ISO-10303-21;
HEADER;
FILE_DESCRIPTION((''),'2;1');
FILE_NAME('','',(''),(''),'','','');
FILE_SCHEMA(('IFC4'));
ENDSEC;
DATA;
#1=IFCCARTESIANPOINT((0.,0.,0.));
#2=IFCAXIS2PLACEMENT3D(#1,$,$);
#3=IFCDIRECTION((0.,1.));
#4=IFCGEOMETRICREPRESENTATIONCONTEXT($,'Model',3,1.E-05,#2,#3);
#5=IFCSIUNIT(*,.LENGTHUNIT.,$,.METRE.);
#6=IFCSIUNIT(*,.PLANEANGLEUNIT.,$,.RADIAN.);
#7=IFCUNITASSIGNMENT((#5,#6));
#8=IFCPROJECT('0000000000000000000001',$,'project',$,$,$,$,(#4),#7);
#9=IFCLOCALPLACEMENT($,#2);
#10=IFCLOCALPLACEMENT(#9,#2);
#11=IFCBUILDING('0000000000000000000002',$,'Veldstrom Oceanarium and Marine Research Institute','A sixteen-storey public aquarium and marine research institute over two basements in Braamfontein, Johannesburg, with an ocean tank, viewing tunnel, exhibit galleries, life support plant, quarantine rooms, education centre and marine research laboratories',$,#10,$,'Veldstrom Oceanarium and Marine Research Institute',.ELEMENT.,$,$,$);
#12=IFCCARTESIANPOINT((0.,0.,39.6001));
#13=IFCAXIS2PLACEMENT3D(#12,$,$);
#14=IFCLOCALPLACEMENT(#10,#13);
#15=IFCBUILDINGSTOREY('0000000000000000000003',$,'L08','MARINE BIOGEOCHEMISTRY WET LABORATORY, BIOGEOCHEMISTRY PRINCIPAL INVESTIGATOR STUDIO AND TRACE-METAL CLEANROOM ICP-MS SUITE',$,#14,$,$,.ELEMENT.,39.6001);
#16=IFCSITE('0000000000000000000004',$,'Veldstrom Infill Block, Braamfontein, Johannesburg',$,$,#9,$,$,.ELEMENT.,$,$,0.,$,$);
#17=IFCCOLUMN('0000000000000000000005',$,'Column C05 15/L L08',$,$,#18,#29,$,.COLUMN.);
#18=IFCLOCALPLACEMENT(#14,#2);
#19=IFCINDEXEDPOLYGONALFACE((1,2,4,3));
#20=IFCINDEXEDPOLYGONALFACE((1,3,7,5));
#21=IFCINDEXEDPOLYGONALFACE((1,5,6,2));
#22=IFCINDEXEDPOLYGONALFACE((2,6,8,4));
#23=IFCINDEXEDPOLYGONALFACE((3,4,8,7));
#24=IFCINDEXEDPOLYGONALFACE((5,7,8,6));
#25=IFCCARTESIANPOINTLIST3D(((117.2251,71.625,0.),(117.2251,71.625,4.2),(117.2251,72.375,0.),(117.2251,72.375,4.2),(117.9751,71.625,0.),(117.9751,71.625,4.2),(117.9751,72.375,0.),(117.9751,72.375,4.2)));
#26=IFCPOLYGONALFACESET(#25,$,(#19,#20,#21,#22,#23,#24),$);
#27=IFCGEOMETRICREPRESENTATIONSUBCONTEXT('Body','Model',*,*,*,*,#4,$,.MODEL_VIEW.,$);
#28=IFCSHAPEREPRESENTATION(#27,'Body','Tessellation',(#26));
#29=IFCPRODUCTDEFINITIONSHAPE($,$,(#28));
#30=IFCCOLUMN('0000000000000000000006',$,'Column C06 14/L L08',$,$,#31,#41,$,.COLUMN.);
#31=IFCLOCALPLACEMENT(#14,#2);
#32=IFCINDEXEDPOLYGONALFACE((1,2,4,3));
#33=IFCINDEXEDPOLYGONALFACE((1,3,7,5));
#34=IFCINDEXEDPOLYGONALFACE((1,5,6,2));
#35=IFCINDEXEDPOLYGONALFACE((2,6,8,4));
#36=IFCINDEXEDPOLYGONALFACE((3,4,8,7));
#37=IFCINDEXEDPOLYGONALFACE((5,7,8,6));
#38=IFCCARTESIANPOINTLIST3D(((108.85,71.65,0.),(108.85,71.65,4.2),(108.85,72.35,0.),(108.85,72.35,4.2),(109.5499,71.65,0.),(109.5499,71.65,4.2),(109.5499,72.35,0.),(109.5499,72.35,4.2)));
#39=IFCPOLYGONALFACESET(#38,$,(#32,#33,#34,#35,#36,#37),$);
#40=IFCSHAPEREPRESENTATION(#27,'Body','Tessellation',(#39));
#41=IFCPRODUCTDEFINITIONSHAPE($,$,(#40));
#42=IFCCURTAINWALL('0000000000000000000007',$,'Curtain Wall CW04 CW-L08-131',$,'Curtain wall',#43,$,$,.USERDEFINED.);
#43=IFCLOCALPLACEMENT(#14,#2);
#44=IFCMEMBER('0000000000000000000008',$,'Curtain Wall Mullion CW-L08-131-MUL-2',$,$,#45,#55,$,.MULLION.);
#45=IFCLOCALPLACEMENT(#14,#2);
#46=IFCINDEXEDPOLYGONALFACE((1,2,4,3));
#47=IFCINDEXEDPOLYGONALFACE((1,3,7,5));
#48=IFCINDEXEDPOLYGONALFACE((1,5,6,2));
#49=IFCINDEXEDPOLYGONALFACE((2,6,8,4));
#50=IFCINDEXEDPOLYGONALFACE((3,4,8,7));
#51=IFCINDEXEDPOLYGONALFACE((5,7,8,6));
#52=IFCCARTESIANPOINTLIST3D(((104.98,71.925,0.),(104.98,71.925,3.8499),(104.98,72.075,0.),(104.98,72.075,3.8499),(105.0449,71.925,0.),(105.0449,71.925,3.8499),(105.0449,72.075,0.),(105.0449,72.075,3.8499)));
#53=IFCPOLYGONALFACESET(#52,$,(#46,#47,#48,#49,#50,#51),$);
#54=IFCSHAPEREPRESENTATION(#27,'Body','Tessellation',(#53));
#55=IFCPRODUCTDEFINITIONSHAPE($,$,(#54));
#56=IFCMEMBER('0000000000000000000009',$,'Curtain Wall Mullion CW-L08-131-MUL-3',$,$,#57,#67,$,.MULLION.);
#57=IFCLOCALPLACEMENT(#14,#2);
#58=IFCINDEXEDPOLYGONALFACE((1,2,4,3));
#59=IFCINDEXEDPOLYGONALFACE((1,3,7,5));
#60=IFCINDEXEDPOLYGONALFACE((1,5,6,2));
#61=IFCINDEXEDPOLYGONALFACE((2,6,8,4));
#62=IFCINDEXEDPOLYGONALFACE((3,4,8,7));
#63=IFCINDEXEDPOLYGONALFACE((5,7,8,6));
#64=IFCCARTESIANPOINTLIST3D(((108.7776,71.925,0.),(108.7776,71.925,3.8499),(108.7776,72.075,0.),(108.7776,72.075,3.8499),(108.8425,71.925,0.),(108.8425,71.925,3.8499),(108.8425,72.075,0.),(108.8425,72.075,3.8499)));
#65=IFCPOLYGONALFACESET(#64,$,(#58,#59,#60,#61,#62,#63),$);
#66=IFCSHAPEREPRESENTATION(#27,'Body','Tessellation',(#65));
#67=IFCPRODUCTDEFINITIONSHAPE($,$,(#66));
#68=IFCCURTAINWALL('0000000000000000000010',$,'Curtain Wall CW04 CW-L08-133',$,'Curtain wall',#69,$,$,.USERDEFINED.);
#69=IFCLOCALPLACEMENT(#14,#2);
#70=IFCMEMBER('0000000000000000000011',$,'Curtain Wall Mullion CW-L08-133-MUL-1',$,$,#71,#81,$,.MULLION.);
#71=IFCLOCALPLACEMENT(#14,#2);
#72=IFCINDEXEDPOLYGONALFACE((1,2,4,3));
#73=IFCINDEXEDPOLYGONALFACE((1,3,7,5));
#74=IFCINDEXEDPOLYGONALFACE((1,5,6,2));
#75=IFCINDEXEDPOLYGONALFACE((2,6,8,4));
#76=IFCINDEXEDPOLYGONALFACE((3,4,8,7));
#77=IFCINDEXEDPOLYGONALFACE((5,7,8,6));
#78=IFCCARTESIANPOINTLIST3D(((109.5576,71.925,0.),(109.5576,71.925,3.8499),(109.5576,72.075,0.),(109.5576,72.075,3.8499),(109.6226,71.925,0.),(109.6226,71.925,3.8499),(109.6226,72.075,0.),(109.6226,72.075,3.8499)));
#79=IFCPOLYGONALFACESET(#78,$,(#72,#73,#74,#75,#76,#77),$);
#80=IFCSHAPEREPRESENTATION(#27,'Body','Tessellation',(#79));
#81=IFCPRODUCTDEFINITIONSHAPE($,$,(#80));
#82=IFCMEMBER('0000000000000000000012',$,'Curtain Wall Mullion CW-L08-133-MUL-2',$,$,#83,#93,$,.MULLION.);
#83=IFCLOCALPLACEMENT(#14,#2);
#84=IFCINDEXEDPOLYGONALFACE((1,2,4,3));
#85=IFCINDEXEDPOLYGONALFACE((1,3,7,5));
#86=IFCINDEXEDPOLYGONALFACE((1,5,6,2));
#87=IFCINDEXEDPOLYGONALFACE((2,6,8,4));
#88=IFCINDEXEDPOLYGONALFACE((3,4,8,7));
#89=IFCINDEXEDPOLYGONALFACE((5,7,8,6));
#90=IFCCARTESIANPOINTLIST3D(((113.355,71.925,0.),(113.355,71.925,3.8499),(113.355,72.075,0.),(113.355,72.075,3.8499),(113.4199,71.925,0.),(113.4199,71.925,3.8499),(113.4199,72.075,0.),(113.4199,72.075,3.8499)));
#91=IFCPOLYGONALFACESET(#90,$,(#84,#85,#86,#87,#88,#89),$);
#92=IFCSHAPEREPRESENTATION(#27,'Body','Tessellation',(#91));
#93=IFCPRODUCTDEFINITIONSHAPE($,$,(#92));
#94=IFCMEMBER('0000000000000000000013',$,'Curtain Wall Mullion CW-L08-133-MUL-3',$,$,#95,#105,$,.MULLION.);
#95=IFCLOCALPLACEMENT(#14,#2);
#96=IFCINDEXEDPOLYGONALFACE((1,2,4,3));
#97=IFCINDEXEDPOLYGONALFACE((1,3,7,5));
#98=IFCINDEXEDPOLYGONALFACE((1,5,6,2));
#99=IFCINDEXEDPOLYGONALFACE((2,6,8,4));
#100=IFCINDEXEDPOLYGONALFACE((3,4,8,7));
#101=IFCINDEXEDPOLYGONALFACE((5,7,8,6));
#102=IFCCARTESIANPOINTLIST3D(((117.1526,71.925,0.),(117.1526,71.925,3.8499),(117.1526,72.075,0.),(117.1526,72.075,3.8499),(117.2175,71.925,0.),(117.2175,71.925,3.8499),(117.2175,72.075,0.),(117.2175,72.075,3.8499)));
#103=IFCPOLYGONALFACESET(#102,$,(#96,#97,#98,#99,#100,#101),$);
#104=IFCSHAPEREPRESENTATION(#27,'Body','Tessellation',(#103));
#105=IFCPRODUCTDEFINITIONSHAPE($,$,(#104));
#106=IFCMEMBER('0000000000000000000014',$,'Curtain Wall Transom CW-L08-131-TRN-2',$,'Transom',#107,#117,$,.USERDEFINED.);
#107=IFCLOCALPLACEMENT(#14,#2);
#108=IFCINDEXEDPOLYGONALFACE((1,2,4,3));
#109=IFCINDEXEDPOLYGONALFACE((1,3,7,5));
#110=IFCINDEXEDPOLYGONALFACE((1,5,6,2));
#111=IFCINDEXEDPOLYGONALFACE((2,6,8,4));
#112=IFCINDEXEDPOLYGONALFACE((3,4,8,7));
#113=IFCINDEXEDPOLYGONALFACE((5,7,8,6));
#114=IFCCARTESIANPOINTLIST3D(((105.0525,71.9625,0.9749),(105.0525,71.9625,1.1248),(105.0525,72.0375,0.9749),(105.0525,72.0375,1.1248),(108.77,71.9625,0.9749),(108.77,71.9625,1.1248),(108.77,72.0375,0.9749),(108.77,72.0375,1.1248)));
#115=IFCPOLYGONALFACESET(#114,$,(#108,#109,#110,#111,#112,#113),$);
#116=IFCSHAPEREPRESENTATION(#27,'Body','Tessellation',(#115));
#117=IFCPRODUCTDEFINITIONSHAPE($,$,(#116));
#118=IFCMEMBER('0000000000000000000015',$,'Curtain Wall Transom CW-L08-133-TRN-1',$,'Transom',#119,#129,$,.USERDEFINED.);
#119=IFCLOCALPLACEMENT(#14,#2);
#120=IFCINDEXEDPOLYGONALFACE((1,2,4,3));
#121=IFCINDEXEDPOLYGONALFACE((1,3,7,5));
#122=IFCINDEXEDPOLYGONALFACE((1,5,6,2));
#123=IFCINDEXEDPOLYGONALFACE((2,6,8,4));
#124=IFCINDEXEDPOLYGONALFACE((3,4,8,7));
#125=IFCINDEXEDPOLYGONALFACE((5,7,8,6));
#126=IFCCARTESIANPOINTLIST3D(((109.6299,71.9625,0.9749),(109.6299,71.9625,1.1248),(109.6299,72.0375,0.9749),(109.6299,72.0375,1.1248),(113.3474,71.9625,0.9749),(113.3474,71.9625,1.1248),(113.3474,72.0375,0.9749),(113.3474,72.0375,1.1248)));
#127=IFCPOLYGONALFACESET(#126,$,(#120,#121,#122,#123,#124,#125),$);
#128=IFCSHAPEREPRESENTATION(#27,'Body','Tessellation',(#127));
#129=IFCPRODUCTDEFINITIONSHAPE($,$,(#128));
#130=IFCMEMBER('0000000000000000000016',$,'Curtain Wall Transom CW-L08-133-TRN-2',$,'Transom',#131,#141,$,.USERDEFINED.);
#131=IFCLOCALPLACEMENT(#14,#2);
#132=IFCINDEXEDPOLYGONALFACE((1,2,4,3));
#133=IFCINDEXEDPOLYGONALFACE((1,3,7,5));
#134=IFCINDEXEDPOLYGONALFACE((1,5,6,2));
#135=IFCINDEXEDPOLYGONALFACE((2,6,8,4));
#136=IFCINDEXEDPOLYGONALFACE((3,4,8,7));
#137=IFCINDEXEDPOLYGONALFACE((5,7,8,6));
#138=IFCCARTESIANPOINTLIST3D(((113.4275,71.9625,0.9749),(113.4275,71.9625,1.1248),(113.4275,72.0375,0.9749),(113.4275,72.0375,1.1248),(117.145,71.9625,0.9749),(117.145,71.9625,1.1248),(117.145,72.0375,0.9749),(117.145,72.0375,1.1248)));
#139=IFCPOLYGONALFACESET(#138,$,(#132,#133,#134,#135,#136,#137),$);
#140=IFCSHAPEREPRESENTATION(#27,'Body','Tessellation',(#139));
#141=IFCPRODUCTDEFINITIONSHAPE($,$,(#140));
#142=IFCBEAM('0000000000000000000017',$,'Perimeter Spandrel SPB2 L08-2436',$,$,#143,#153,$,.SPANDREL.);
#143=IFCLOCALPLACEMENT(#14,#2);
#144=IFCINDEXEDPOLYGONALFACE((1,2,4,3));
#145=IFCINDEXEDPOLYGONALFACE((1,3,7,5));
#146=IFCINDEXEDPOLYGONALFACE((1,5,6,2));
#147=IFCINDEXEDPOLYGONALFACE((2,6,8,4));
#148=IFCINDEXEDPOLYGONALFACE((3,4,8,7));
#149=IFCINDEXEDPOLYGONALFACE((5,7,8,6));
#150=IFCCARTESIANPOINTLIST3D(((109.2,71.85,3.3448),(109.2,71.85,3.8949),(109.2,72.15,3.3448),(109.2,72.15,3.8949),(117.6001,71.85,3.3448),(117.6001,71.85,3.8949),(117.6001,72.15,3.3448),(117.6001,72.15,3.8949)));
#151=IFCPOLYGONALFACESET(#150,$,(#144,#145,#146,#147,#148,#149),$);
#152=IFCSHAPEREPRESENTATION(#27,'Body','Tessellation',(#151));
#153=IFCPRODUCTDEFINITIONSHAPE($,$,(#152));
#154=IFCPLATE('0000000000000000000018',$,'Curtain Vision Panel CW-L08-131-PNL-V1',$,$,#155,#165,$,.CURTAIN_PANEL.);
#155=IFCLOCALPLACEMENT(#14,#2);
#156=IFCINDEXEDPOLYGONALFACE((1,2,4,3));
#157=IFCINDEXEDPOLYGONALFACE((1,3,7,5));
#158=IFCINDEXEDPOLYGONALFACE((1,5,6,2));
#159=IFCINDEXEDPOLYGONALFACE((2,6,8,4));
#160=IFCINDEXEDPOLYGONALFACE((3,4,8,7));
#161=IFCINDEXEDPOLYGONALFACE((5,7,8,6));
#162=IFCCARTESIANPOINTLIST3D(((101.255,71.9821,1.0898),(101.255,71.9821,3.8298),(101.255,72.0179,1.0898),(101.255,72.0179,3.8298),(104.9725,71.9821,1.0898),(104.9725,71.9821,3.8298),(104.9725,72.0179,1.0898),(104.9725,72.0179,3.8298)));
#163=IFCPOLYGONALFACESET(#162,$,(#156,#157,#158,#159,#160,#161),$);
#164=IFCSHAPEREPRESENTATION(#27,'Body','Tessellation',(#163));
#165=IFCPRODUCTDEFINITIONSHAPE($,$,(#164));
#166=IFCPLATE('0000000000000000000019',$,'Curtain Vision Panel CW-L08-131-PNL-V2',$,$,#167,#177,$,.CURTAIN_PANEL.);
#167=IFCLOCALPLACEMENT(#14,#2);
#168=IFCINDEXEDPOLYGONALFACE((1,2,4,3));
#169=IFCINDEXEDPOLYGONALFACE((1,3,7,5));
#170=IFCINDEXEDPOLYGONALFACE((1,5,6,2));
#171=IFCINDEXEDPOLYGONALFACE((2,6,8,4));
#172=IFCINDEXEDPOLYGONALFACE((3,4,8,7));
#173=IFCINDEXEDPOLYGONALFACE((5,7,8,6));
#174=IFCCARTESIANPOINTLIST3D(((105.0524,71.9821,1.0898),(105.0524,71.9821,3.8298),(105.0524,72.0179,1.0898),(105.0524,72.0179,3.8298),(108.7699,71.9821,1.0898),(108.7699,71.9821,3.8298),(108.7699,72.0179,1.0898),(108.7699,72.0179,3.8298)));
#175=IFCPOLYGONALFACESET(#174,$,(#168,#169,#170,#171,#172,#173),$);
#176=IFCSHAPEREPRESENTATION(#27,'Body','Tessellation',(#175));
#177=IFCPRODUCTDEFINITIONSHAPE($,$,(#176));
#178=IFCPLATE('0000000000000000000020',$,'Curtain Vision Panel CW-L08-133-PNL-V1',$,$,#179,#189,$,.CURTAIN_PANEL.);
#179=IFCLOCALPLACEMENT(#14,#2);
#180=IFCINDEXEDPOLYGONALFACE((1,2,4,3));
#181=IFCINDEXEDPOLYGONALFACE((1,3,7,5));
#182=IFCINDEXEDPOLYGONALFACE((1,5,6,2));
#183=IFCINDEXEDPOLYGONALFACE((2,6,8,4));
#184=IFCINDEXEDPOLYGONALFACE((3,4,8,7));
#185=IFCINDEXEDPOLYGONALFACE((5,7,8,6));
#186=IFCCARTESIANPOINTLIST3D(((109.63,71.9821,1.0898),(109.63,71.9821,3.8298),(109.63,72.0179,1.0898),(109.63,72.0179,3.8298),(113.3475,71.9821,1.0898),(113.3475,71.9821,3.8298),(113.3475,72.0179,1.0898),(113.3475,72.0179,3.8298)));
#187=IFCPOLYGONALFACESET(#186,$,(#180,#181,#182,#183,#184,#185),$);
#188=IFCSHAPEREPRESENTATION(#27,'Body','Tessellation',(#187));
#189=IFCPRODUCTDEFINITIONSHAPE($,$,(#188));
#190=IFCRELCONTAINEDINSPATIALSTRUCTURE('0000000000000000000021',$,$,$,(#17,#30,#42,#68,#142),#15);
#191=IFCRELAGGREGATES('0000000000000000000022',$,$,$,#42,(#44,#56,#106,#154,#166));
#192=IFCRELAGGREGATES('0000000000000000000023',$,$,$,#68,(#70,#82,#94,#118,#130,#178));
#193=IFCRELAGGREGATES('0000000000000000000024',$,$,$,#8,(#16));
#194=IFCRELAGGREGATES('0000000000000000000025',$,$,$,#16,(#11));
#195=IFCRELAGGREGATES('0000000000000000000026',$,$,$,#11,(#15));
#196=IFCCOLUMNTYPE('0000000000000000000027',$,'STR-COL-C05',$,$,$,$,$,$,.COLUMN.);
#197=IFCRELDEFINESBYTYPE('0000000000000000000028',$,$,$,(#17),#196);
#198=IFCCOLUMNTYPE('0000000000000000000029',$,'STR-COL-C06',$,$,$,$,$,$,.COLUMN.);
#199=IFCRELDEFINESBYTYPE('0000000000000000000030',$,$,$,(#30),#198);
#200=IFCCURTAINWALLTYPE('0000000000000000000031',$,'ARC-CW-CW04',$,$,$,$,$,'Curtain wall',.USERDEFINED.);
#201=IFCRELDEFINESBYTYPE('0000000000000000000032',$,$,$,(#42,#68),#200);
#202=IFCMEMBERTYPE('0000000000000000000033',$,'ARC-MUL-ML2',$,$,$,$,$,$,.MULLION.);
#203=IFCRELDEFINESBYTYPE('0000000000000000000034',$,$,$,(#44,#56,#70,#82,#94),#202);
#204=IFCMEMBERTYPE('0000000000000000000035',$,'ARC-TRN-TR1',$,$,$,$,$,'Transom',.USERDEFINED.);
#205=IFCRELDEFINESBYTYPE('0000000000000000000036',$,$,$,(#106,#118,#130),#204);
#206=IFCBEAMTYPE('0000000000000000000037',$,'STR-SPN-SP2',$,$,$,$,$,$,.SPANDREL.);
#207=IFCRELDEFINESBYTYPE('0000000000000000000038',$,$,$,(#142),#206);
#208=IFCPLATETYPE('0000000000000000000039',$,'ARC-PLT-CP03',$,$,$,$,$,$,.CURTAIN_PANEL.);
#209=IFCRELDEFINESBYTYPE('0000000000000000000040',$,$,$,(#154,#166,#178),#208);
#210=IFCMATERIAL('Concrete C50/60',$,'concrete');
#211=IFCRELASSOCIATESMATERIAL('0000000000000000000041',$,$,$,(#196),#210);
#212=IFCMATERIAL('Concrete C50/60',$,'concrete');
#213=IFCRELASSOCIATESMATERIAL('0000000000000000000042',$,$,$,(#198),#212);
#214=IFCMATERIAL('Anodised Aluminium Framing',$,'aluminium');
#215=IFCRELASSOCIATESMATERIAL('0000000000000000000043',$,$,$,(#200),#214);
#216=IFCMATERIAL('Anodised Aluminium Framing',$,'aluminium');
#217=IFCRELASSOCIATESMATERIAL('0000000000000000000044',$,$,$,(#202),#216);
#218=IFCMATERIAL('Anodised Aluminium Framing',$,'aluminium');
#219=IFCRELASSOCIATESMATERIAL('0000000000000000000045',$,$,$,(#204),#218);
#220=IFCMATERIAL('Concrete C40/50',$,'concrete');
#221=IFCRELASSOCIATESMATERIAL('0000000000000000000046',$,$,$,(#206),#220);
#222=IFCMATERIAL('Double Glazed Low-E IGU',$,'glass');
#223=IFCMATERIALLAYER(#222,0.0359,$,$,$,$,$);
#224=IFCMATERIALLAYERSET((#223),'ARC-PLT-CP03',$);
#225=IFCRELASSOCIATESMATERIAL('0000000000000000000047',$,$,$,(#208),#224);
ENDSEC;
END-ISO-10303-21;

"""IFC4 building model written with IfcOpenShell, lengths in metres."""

from ifc_helpers import new_model, si_unit, direction, frame, origin, origin_2d, place, context, subcontext, project, spatial, rectangle, extrude, material, layer, layer_set, material_profile, profile_set, type_object, element, aggregate, save


model = new_model("IFC4")

# Units and contexts
model_context = context("Model", 3, precision=1e-05, world=origin(), true_north=direction((0.0, 1.0)))
body_context = subcontext(model_context, "Body", "Model", "MODEL_VIEW")
ifc_project = project(units=[si_unit("LENGTHUNIT", "METRE"), si_unit("PLANEANGLEUNIT", "RADIAN")], contexts=[model_context])

# Site, building, storey
site_placement = place(None, origin())
site = spatial("IfcSite", under=ifc_project, at=site_placement, Name="Veldstrom Infill Block, Braamfontein, Johannesburg", CompositionType="ELEMENT", RefElevation=0.0)
building_placement = place(site_placement, origin())
building = spatial("IfcBuilding", under=site, at=building_placement, Name="Veldstrom Oceanarium and Marine Research Institute", Description="A sixteen-storey public aquarium and marine research institute over two basements in Braamfontein, Johannesburg, with an ocean tank, viewing tunnel, exhibit galleries, life support plant, quarantine rooms, education centre and marine research laboratories", LongName="Veldstrom Oceanarium and Marine Research Institute", CompositionType="ELEMENT")
storey_placement = place(building_placement, frame((0.0, 0.0, 39.6001)))
storey = spatial("IfcBuildingStorey", under=building, at=storey_placement, Name="L08", Description="MARINE BIOGEOCHEMISTRY WET LABORATORY, BIOGEOCHEMISTRY PRINCIPAL INVESTIGATOR STUDIO AND TRACE-METAL CLEANROOM ICP-MS SUITE", CompositionType="ELEMENT", Elevation=39.6001)

# Columns
ifc_material_1 = material(Name="Concrete C50/60", Category="concrete")
ifc_material_profile_1 = material_profile(ifc_material_1, rectangle(XDim=0.75, YDim=0.75, at=origin_2d()), Name="RC-COL-750x750")
ifc_profile_set_1 = profile_set([ifc_material_profile_1], Name="Concrete C50/60")
column_type_1 = type_object("IfcColumnType", Name="STR-COL-C05", PredefinedType="COLUMN", material=ifc_profile_set_1)
column_1_placement = place(storey_placement, frame((117.6001, 72.0, 0.0), z_axis=(0.0, 0.0, 1.0), x_axis=(1.0, 0.0, 0.0)))
element("IfcColumn", 1, at=column_1_placement, inside=storey, type_object=column_type_1, Name="Column C05 15/L L08", PredefinedType="COLUMN", context=body_context, shape_type="SweptSolid", body=[
    extrude(rectangle(XDim=0.75, YDim=0.75, at=origin_2d()), origin(), (0.0, 0.0, 1.0), 4.2),
])
ifc_material_2 = material(Name="Concrete C50/60", Category="concrete")
ifc_material_profile_2 = material_profile(ifc_material_2, rectangle(XDim=0.7, YDim=0.7, at=origin_2d()), Name="RC-COL-700x700")
ifc_profile_set_2 = profile_set([ifc_material_profile_2], Name="Concrete C50/60")
column_type_2 = type_object("IfcColumnType", Name="STR-COL-C06", PredefinedType="COLUMN", material=ifc_profile_set_2)
column_2_placement = place(storey_placement, frame((109.2, 72.0, 0.0), z_axis=(0.0, 0.0, 1.0), x_axis=(1.0, 0.0, 0.0)))
element("IfcColumn", 2, at=column_2_placement, inside=storey, type_object=column_type_2, Name="Column C06 14/L L08", PredefinedType="COLUMN", context=body_context, shape_type="SweptSolid", body=[
    extrude(rectangle(XDim=0.7, YDim=0.7, at=origin_2d()), origin(), (0.0, 0.0, 1.0), 4.2),
])

# Curtain walls, members
ifc_material_3 = material(Name="Anodised Aluminium Framing", Category="aluminium")
curtain_wall_type = type_object("IfcCurtainWallType", Name="ARC-CW-CW04", ElementType="Curtain wall", PredefinedType="USERDEFINED", material=ifc_material_3)
curtain_wall_1_placement = place(storey_placement, origin())
curtain_wall_1 = element("IfcCurtainWall", 3, at=curtain_wall_1_placement, inside=storey, type_object=curtain_wall_type, Name="Curtain Wall CW04 CW-L08-131", ObjectType="Curtain wall", PredefinedType="USERDEFINED")
ifc_material_4 = material(Name="Anodised Aluminium Framing", Category="aluminium")
ifc_material_profile_3 = material_profile(ifc_material_4, rectangle(XDim=0.0649, YDim=0.1499, at=origin_2d()), Name="ALU-MUL-65x150")
ifc_profile_set_3 = profile_set([ifc_material_profile_3], Name="Anodised Aluminium Framing")
member_type_1 = type_object("IfcMemberType", Name="ARC-MUL-ML2", PredefinedType="MULLION", material=ifc_profile_set_3)
member_1_placement = place(storey_placement, frame((105.0125, 72.0, 0.0), z_axis=(0.0, 0.0, 1.0), x_axis=(1.0, 0.0, 0.0)))
member_1 = element("IfcMember", 4, at=member_1_placement, type_object=member_type_1, Name="Curtain Wall Mullion CW-L08-131-MUL-2", PredefinedType="MULLION", context=body_context, shape_type="SweptSolid", body=[
    extrude(rectangle(XDim=0.0649, YDim=0.1499, at=origin_2d()), origin(), (0.0, 0.0, 1.0), 3.8499),
])
member_2_placement = place(storey_placement, frame((108.8101, 72.0, 0.0), z_axis=(0.0, 0.0, 1.0), x_axis=(1.0, 0.0, 0.0)))
member_2 = element("IfcMember", 5, at=member_2_placement, type_object=member_type_1, Name="Curtain Wall Mullion CW-L08-131-MUL-3", PredefinedType="MULLION", context=body_context, shape_type="SweptSolid", body=[
    extrude(rectangle(XDim=0.0649, YDim=0.1499, at=origin_2d()), origin(), (0.0, 0.0, 1.0), 3.8499),
])
curtain_wall_2_placement = place(storey_placement, origin())
curtain_wall_2 = element("IfcCurtainWall", 6, at=curtain_wall_2_placement, inside=storey, type_object=curtain_wall_type, Name="Curtain Wall CW04 CW-L08-133", ObjectType="Curtain wall", PredefinedType="USERDEFINED")
member_3_placement = place(storey_placement, frame((109.5901, 72.0, 0.0), z_axis=(0.0, 0.0, 1.0), x_axis=(1.0, 0.0, 0.0)))
member_3 = element("IfcMember", 7, at=member_3_placement, type_object=member_type_1, Name="Curtain Wall Mullion CW-L08-133-MUL-1", PredefinedType="MULLION", context=body_context, shape_type="SweptSolid", body=[
    extrude(rectangle(XDim=0.0649, YDim=0.1499, at=origin_2d()), origin(), (0.0, 0.0, 1.0), 3.8499),
])
member_4_placement = place(storey_placement, frame((113.3875, 72.0, 0.0), z_axis=(0.0, 0.0, 1.0), x_axis=(1.0, 0.0, 0.0)))
member_4 = element("IfcMember", 8, at=member_4_placement, type_object=member_type_1, Name="Curtain Wall Mullion CW-L08-133-MUL-2", PredefinedType="MULLION", context=body_context, shape_type="SweptSolid", body=[
    extrude(rectangle(XDim=0.0649, YDim=0.1499, at=origin_2d()), origin(), (0.0, 0.0, 1.0), 3.8499),
])
member_5_placement = place(storey_placement, frame((117.1851, 72.0, 0.0), z_axis=(0.0, 0.0, 1.0), x_axis=(1.0, 0.0, 0.0)))
member_5 = element("IfcMember", 9, at=member_5_placement, type_object=member_type_1, Name="Curtain Wall Mullion CW-L08-133-MUL-3", PredefinedType="MULLION", context=body_context, shape_type="SweptSolid", body=[
    extrude(rectangle(XDim=0.0649, YDim=0.1499, at=origin_2d()), origin(), (0.0, 0.0, 1.0), 3.8499),
])

# Members
ifc_material_5 = material(Name="Anodised Aluminium Framing", Category="aluminium")
ifc_material_profile_4 = material_profile(ifc_material_5, rectangle(XDim=0.075, YDim=0.1499, at=origin_2d()), Name="ALU-TRN-75x150")
ifc_profile_set_4 = profile_set([ifc_material_profile_4], Name="Anodised Aluminium Framing")
member_type_2 = type_object("IfcMemberType", Name="ARC-TRN-TR1", ElementType="Transom", PredefinedType="USERDEFINED", material=ifc_profile_set_4)
member_6_placement = place(storey_placement, frame((105.0525, 72.0, 1.0498), z_axis=(1.0, 0.0, 0.0), x_axis=(0.0, 1.0, 0.0)))
member_6 = element("IfcMember", 10, at=member_6_placement, type_object=member_type_2, Name="Curtain Wall Transom CW-L08-131-TRN-2", ObjectType="Transom", PredefinedType="USERDEFINED", context=body_context, shape_type="SweptSolid", body=[
    extrude(rectangle(XDim=0.075, YDim=0.1499, at=origin_2d()), origin(), (0.0, 0.0, 1.0), 3.7175),
])
member_7_placement = place(storey_placement, frame((109.6299, 72.0, 1.0498), z_axis=(1.0, 0.0, 0.0), x_axis=(0.0, 1.0, 0.0)))
member_7 = element("IfcMember", 11, at=member_7_placement, type_object=member_type_2, Name="Curtain Wall Transom CW-L08-133-TRN-1", ObjectType="Transom", PredefinedType="USERDEFINED", context=body_context, shape_type="SweptSolid", body=[
    extrude(rectangle(XDim=0.075, YDim=0.1499, at=origin_2d()), origin(), (0.0, 0.0, 1.0), 3.7175),
])
member_8_placement = place(storey_placement, frame((113.4275, 72.0, 1.0498), z_axis=(1.0, 0.0, 0.0), x_axis=(0.0, 1.0, 0.0)))
member_8 = element("IfcMember", 12, at=member_8_placement, type_object=member_type_2, Name="Curtain Wall Transom CW-L08-133-TRN-2", ObjectType="Transom", PredefinedType="USERDEFINED", context=body_context, shape_type="SweptSolid", body=[
    extrude(rectangle(XDim=0.075, YDim=0.1499, at=origin_2d()), origin(), (0.0, 0.0, 1.0), 3.7175),
])

# Beam
ifc_material_6 = material(Name="Concrete C40/50", Category="concrete")
ifc_material_profile_5 = material_profile(ifc_material_6, rectangle(XDim=0.3, YDim=0.55, at=origin_2d()), Name="RC-SPN-300x550")
ifc_profile_set_5 = profile_set([ifc_material_profile_5], Name="Concrete C40/50")
beam_type = type_object("IfcBeamType", Name="STR-SPN-SP2", PredefinedType="SPANDREL", material=ifc_profile_set_5)
beam_placement = place(storey_placement, frame((109.2, 72.0, 3.6199), z_axis=(1.0, 0.0, 0.0), x_axis=(0.0, 1.0, 0.0)))
element("IfcBeam", 13, at=beam_placement, inside=storey, type_object=beam_type, Name="Perimeter Spandrel SPB2 L08-2436", PredefinedType="SPANDREL", context=body_context, shape_type="SweptSolid", body=[
    extrude(rectangle(XDim=0.3, YDim=0.55, at=origin_2d()), origin(), (0.0, 0.0, 1.0), 8.4001),
])

# Plates
ifc_material_7 = material(Name="Double Glazed Low-E IGU", Category="glass")
ifc_layer_1 = layer(ifc_material_7, 0.0359)
ifc_layer_set_1 = layer_set([ifc_layer_1], Name="ARC-PLT-CP03")
plate_type_1 = type_object("IfcPlateType", Name="ARC-PLT-CP03", PredefinedType="CURTAIN_PANEL", material=ifc_layer_set_1)
plate_1_placement = place(storey_placement, frame((103.1138, 72.0, 1.0898), z_axis=(0.0, 0.0, 1.0), x_axis=(1.0, 0.0, 0.0)))
plate_1 = element("IfcPlate", 14, at=plate_1_placement, type_object=plate_type_1, Name="Curtain Vision Panel CW-L08-131-PNL-V1", PredefinedType="CURTAIN_PANEL", context=body_context, shape_type="SweptSolid", body=[
    extrude(rectangle(XDim=3.7175, YDim=0.0359, at=origin_2d()), origin(), (0.0, 0.0, 1.0), 2.74),
])
plate_2_placement = place(storey_placement, frame((106.9111, 72.0, 1.0898), z_axis=(0.0, 0.0, 1.0), x_axis=(1.0, 0.0, 0.0)))
plate_2 = element("IfcPlate", 15, at=plate_2_placement, type_object=plate_type_1, Name="Curtain Vision Panel CW-L08-131-PNL-V2", PredefinedType="CURTAIN_PANEL", context=body_context, shape_type="SweptSolid", body=[
    extrude(rectangle(XDim=3.7175, YDim=0.0359, at=origin_2d()), origin(), (0.0, 0.0, 1.0), 2.74),
])
plate_3_placement = place(storey_placement, frame((111.4888, 72.0, 1.0898), z_axis=(0.0, 0.0, 1.0), x_axis=(1.0, 0.0, 0.0)))
plate_3 = element("IfcPlate", 16, at=plate_3_placement, type_object=plate_type_1, Name="Curtain Vision Panel CW-L08-133-PNL-V1", PredefinedType="CURTAIN_PANEL", context=body_context, shape_type="SweptSolid", body=[
    extrude(rectangle(XDim=3.7175, YDim=0.0359, at=origin_2d()), origin(), (0.0, 0.0, 1.0), 2.74),
])
aggregate(curtain_wall_1, [member_1, member_2, member_6, plate_1, plate_2])
aggregate(curtain_wall_2, [member_3, member_4, member_5, member_7, member_8, plate_3])

save(model, "model.ifc")
